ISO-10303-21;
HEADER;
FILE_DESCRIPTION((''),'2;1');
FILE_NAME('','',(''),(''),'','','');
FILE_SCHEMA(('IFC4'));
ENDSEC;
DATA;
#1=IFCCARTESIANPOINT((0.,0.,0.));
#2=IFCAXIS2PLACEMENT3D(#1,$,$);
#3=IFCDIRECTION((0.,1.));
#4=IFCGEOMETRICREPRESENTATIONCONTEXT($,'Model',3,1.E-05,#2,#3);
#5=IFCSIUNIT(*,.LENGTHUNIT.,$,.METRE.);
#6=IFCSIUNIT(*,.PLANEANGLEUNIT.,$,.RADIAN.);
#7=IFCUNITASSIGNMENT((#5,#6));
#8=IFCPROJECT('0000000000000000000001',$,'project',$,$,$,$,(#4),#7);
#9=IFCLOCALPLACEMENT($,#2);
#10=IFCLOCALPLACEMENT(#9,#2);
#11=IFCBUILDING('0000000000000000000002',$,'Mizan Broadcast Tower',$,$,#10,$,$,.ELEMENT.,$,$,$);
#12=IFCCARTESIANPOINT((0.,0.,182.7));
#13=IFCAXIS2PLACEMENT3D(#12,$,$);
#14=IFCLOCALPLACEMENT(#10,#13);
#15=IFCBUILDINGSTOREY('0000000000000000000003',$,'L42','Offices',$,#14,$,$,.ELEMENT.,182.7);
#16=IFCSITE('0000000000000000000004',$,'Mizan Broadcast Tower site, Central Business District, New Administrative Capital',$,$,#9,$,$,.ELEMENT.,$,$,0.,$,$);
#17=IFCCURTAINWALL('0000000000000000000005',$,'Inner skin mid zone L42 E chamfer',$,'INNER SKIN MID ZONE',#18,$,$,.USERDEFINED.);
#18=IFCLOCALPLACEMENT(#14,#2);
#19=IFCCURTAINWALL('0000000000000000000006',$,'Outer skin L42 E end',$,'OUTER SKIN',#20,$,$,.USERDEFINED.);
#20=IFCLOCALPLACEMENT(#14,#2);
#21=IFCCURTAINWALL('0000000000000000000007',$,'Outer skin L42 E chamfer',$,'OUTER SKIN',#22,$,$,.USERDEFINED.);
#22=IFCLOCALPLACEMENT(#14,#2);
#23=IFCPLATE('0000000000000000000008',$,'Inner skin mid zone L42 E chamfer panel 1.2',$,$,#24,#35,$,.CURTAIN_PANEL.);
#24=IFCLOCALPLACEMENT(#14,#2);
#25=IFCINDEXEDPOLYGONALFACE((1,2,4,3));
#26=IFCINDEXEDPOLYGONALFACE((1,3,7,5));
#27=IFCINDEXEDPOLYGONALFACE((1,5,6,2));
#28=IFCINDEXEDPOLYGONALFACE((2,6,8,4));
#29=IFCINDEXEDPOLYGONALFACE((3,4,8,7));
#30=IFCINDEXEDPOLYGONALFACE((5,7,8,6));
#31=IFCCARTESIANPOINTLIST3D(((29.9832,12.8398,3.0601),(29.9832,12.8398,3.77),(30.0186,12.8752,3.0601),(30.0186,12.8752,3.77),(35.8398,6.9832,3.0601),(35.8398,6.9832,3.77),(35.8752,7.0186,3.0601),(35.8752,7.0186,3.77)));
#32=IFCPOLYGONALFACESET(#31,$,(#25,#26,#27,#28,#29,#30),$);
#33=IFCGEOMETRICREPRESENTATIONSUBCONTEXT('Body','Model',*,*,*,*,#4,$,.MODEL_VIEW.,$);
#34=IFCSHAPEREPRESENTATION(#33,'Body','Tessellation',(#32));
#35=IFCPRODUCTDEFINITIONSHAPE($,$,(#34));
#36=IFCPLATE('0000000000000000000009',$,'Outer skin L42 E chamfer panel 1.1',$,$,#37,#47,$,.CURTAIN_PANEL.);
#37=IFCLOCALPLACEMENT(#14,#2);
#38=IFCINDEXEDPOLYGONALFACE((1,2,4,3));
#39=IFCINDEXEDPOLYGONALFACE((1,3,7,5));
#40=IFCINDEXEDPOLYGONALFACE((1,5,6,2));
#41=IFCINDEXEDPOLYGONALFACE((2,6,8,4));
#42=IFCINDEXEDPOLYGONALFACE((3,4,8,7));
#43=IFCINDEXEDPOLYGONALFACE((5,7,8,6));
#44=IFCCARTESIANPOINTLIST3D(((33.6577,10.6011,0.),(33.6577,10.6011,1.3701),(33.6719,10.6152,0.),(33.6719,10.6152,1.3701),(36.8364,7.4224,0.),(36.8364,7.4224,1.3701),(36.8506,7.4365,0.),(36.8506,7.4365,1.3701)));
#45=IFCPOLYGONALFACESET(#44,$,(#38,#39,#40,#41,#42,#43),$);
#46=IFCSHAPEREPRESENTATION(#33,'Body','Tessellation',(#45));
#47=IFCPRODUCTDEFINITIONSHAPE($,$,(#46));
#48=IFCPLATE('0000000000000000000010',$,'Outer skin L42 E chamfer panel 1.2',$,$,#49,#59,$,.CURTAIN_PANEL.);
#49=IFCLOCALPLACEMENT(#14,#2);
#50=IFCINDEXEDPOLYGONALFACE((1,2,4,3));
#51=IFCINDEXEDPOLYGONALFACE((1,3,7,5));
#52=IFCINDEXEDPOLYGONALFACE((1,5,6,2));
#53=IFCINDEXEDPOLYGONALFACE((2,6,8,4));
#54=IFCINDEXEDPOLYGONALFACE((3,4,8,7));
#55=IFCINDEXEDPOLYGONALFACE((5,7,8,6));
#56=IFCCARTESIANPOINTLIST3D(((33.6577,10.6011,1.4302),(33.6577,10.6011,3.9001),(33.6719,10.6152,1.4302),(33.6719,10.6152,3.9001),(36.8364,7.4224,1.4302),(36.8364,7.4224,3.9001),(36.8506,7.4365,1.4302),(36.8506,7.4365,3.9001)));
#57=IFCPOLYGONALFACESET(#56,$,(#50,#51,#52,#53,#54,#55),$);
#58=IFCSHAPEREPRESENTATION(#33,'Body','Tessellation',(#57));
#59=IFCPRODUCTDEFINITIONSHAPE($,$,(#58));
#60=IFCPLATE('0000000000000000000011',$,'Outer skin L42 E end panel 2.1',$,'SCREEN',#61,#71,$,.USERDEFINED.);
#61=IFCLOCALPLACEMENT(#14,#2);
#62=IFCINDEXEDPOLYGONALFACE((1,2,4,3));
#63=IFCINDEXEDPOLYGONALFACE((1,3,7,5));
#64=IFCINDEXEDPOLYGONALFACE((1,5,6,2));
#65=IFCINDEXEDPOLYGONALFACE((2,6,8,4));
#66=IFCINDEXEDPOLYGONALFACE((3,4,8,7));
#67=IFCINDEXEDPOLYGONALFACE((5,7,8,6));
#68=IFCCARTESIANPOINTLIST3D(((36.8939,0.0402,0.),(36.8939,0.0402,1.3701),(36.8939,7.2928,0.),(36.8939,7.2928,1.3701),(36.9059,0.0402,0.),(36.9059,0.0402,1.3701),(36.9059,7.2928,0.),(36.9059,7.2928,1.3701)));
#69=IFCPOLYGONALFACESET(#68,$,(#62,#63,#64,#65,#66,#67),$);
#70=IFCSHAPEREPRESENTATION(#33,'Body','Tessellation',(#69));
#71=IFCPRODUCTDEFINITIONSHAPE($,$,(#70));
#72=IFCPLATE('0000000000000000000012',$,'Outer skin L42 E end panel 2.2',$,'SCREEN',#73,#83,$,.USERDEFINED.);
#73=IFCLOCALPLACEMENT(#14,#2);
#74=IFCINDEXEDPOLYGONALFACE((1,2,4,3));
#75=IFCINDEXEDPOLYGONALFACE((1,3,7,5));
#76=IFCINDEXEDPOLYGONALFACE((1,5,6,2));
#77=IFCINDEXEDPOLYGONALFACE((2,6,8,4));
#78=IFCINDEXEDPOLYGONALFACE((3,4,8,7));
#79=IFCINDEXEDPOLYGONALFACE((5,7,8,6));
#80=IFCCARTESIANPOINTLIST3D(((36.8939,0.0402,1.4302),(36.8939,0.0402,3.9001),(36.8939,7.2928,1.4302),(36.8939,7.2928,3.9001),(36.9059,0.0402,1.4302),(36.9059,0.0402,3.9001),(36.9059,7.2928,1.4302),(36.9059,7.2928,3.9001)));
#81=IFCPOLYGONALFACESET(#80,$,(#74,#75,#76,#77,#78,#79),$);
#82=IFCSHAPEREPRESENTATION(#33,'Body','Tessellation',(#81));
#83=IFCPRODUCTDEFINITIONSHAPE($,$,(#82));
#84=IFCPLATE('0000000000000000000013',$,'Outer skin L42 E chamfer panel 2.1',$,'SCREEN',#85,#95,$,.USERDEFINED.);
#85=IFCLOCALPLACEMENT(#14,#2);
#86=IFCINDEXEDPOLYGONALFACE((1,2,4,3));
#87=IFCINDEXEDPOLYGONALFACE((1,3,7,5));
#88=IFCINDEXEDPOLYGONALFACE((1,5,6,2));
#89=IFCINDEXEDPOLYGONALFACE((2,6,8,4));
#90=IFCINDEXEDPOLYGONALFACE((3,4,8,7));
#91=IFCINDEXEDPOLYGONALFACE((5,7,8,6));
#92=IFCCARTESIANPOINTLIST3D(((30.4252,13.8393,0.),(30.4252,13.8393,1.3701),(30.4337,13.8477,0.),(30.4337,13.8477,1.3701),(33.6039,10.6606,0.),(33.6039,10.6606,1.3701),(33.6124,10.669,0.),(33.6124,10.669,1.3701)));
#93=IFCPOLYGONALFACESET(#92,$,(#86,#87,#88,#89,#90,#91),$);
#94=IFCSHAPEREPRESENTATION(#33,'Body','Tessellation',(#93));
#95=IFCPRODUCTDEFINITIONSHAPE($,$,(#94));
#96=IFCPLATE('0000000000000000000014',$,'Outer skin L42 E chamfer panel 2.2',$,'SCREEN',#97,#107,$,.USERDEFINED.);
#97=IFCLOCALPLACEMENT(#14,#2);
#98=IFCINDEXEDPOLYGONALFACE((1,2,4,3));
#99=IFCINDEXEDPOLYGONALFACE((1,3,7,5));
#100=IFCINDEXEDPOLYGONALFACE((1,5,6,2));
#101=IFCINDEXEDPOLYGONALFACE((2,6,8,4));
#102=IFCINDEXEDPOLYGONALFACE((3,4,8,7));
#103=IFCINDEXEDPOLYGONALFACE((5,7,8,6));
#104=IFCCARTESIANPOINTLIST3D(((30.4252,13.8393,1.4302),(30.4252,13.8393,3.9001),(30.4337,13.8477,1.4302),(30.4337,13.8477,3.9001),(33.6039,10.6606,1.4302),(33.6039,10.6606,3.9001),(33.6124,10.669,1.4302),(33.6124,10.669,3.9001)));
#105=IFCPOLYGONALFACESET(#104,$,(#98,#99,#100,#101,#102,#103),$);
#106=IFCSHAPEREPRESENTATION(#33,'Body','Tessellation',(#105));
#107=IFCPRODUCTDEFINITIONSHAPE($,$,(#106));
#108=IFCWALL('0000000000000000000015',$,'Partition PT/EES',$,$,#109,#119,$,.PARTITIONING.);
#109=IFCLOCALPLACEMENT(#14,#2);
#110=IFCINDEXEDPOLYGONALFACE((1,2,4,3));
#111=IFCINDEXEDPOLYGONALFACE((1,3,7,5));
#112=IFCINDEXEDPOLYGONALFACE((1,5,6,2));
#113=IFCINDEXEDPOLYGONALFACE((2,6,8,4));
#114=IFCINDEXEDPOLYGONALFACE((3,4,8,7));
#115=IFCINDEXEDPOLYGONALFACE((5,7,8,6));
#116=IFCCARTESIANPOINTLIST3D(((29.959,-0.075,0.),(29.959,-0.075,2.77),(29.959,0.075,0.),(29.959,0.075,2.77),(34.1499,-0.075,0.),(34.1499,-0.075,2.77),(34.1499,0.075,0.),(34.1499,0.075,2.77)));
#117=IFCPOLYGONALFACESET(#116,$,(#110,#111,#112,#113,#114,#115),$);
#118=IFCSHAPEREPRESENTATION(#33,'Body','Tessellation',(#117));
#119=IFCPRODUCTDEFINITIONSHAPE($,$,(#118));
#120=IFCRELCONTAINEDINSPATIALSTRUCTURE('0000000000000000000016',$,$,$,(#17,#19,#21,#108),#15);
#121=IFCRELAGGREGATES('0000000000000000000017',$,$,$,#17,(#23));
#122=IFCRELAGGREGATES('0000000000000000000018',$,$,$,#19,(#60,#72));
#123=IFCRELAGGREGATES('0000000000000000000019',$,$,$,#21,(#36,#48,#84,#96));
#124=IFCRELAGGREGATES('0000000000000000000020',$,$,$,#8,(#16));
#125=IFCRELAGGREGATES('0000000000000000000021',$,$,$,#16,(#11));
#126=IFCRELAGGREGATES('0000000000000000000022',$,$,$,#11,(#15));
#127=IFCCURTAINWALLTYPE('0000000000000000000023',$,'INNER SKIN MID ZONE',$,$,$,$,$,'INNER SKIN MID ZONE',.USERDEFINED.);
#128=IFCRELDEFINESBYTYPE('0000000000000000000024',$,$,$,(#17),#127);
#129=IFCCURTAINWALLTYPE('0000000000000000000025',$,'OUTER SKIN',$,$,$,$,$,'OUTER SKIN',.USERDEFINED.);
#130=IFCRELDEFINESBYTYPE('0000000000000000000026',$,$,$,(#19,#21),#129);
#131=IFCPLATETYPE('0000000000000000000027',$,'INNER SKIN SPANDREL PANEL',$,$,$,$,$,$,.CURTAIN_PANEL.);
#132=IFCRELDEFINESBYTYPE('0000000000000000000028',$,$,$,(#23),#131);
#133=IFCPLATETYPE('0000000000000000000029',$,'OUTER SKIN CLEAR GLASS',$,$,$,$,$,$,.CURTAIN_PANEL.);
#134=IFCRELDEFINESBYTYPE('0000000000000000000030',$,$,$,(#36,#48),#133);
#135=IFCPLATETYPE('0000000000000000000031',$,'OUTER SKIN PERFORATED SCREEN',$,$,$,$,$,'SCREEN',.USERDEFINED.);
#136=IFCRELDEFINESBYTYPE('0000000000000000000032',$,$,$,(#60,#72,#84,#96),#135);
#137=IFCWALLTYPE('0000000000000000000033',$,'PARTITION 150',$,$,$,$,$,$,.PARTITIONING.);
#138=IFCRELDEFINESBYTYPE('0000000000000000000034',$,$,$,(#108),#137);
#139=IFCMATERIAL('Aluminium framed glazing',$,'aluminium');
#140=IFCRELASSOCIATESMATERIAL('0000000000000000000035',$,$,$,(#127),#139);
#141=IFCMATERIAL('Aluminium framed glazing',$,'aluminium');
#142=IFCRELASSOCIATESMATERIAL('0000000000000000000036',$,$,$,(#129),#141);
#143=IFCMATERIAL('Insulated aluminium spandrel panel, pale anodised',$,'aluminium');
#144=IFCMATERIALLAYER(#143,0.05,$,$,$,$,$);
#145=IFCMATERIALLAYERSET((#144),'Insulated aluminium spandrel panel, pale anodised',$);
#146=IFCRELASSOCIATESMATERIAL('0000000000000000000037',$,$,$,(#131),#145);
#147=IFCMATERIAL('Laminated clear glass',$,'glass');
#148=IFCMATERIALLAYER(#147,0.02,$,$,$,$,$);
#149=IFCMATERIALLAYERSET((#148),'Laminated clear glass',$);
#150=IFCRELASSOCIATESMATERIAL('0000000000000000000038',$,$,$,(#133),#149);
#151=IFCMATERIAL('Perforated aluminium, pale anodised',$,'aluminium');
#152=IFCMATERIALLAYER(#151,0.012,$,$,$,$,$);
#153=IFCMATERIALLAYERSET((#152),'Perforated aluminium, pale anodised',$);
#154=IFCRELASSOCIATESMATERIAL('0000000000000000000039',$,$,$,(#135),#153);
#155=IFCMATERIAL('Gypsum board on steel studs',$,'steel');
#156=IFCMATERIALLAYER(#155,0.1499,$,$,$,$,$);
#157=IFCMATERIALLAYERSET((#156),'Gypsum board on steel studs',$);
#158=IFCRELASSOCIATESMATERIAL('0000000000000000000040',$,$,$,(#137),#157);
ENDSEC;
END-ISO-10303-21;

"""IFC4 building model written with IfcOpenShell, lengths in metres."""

from ifc_helpers import new_model, si_unit, direction, frame, frame_2d, origin, origin_2d, place, context, subcontext, project, spatial, rectangle, extrude, material, layer, layer_set, type_object, element, aggregate, save


model = new_model("IFC4")

# Units and contexts
model_context = context("Model", 3, precision=1e-05, world=origin(), true_north=direction((0.0, 1.0)))
body_context = subcontext(model_context, "Body", "Model", "MODEL_VIEW")
ifc_project = project(units=[si_unit("LENGTHUNIT", "METRE"), si_unit("PLANEANGLEUNIT", "RADIAN")], contexts=[model_context])

# Site, building, storey
site_placement = place(None, origin())
site = spatial("IfcSite", under=ifc_project, at=site_placement, Name="Mizan Broadcast Tower site, Central Business District, New Administrative Capital", CompositionType="ELEMENT", RefElevation=0.0)
building_placement = place(site_placement, origin())
building = spatial("IfcBuilding", under=site, at=building_placement, Name="Mizan Broadcast Tower", CompositionType="ELEMENT")
storey_placement = place(building_placement, frame((0.0, 0.0, 182.7)))
storey = spatial("IfcBuildingStorey", under=building, at=storey_placement, Name="L42", Description="Offices", CompositionType="ELEMENT", Elevation=182.7)

# Shared definitions
ifc_material_1 = material(Name="Aluminium framed glazing", Category="aluminium")
curtain_wall_type_1 = type_object("IfcCurtainWallType", Name="INNER SKIN MID ZONE", ElementType="INNER SKIN MID ZONE", PredefinedType="USERDEFINED", material=ifc_material_1)

# Curtain wall
curtain_wall_1_placement = place(storey_placement, origin())
curtain_wall_1 = element("IfcCurtainWall", 1, at=curtain_wall_1_placement, inside=storey, type_object=curtain_wall_type_1, Name="Inner skin mid zone L42 E chamfer", ObjectType="INNER SKIN MID ZONE", PredefinedType="USERDEFINED")

# Curtain walls
ifc_material_2 = material(Name="Aluminium framed glazing", Category="aluminium")
curtain_wall_type_2 = type_object("IfcCurtainWallType", Name="OUTER SKIN", ElementType="OUTER SKIN", PredefinedType="USERDEFINED", material=ifc_material_2)
curtain_wall_2_placement = place(storey_placement, origin())
curtain_wall_2 = element("IfcCurtainWall", 2, at=curtain_wall_2_placement, inside=storey, type_object=curtain_wall_type_2, Name="Outer skin L42 E end", ObjectType="OUTER SKIN", PredefinedType="USERDEFINED")
curtain_wall_3_placement = place(storey_placement, origin())
curtain_wall_3 = element("IfcCurtainWall", 3, at=curtain_wall_3_placement, inside=storey, type_object=curtain_wall_type_2, Name="Outer skin L42 E chamfer", ObjectType="OUTER SKIN", PredefinedType="USERDEFINED")

# Plates
ifc_material_3 = material(Name="Insulated aluminium spandrel panel, pale anodised", Category="aluminium")
ifc_layer_1 = layer(ifc_material_3, 0.05)
ifc_layer_set_1 = layer_set([ifc_layer_1], Name="Insulated aluminium spandrel panel, pale anodised")
plate_type_1 = type_object("IfcPlateType", Name="INNER SKIN SPANDREL PANEL", PredefinedType="CURTAIN_PANEL", material=ifc_layer_set_1)
plate_1_placement = place(storey_placement, frame((32.9292, 9.9292, 3.0601), z_axis=(0.0, 0.0, 1.0), x_axis=(-0.707107, 0.707107, 0.0)))
plate_1 = element("IfcPlate", 4, at=plate_1_placement, type_object=plate_type_1, Name="Inner skin mid zone L42 E chamfer panel 1.2", PredefinedType="CURTAIN_PANEL", context=body_context, shape_type="SweptSolid", body=[
    extrude(rectangle(XDim=8.2825, YDim=0.05, at=origin_2d()), origin(), (0.0, 0.0, 1.0), 0.71),
])
aggregate(curtain_wall_1, [plate_1])
ifc_material_4 = material(Name="Laminated clear glass", Category="glass")
ifc_layer_2 = layer(ifc_material_4, 0.02)
ifc_layer_set_2 = layer_set([ifc_layer_2], Name="Laminated clear glass")
plate_type_2 = type_object("IfcPlateType", Name="OUTER SKIN CLEAR GLASS", PredefinedType="CURTAIN_PANEL", material=ifc_layer_set_2)
plate_2_placement = place(storey_placement, frame((35.2542, 9.0188, 0.0), z_axis=(0.0, 0.0, 1.0), x_axis=(-0.707107, 0.707107, 0.0)))
plate_2 = element("IfcPlate", 5, at=plate_2_placement, type_object=plate_type_2, Name="Outer skin L42 E chamfer panel 1.1", PredefinedType="CURTAIN_PANEL", context=body_context, shape_type="SweptSolid", body=[
    extrude(rectangle(XDim=4.4954, YDim=0.02, at=origin_2d()), origin(), (0.0, 0.0, 1.0), 1.3701),
])
plate_3_placement = place(storey_placement, frame((35.2542, 9.0188, 1.4302), z_axis=(0.0, 0.0, 1.0), x_axis=(-0.707107, 0.707107, 0.0)))
plate_3 = element("IfcPlate", 6, at=plate_3_placement, type_object=plate_type_2, Name="Outer skin L42 E chamfer panel 1.2", PredefinedType="CURTAIN_PANEL", context=body_context, shape_type="SweptSolid", body=[
    extrude(rectangle(XDim=4.4954, YDim=0.02, at=origin_2d()), origin(), (0.0, 0.0, 1.0), 2.47),
])
ifc_material_5 = material(Name="Perforated aluminium, pale anodised", Category="aluminium")
ifc_layer_3 = layer(ifc_material_5, 0.012)
ifc_layer_set_3 = layer_set([ifc_layer_3], Name="Perforated aluminium, pale anodised")
plate_type_3 = type_object("IfcPlateType", Name="OUTER SKIN PERFORATED SCREEN", ElementType="SCREEN", PredefinedType="USERDEFINED", material=ifc_layer_set_3)
plate_4_placement = place(storey_placement, frame((36.8999, 3.6665, 0.0), z_axis=(0.0, 0.0, 1.0), x_axis=(0.0, 1.0, 0.0)))
plate_4 = element("IfcPlate", 7, at=plate_4_placement, type_object=plate_type_3, Name="Outer skin L42 E end panel 2.1", ObjectType="SCREEN", PredefinedType="USERDEFINED", context=body_context, shape_type="SweptSolid", body=[
    extrude(rectangle(XDim=7.2527, YDim=0.012, at=origin_2d()), origin(), (0.0, 0.0, 1.0), 1.3701),
])
plate_5_placement = place(storey_placement, frame((36.8999, 3.6665, 1.4302), z_axis=(0.0, 0.0, 1.0), x_axis=(0.0, 1.0, 0.0)))
plate_5 = element("IfcPlate", 8, at=plate_5_placement, type_object=plate_type_3, Name="Outer skin L42 E end panel 2.2", ObjectType="SCREEN", PredefinedType="USERDEFINED", context=body_context, shape_type="SweptSolid", body=[
    extrude(rectangle(XDim=7.2527, YDim=0.012, at=origin_2d()), origin(), (0.0, 0.0, 1.0), 2.47),
])
aggregate(curtain_wall_2, [plate_4, plate_5])
plate_6_placement = place(storey_placement, frame((32.0188, 12.2542, 0.0), z_axis=(0.0, 0.0, 1.0), x_axis=(-0.707107, 0.707107, 0.0)))
plate_6 = element("IfcPlate", 9, at=plate_6_placement, type_object=plate_type_3, Name="Outer skin L42 E chamfer panel 2.1", ObjectType="SCREEN", PredefinedType="USERDEFINED", context=body_context, shape_type="SweptSolid", body=[
    extrude(rectangle(XDim=4.4954, YDim=0.012, at=origin_2d()), origin(), (0.0, 0.0, 1.0), 1.3701),
])
plate_7_placement = place(storey_placement, frame((32.0188, 12.2542, 1.4302), z_axis=(0.0, 0.0, 1.0), x_axis=(-0.707107, 0.707107, 0.0)))
plate_7 = element("IfcPlate", 10, at=plate_7_placement, type_object=plate_type_3, Name="Outer skin L42 E chamfer panel 2.2", ObjectType="SCREEN", PredefinedType="USERDEFINED", context=body_context, shape_type="SweptSolid", body=[
    extrude(rectangle(XDim=4.4954, YDim=0.012, at=origin_2d()), origin(), (0.0, 0.0, 1.0), 2.47),
])
aggregate(curtain_wall_3, [plate_2, plate_3, plate_6, plate_7])

# Wall
ifc_material_6 = material(Name="Gypsum board on steel studs", Category="steel")
ifc_layer_4 = layer(ifc_material_6, 0.1499)
ifc_layer_set_4 = layer_set([ifc_layer_4], Name="Gypsum board on steel studs")
wall_type = type_object("IfcWallType", Name="PARTITION 150", PredefinedType="PARTITIONING", material=ifc_layer_set_4)
wall_placement = place(storey_placement, frame((29.959, 0.0, 0.0), z_axis=(0.0, 0.0, 1.0), x_axis=(1.0, 0.0, 0.0)))
element("IfcWall", 11, at=wall_placement, inside=storey, type_object=wall_type, Name="Partition PT/EES", PredefinedType="PARTITIONING", context=body_context, shape_type="SweptSolid", body=[
    extrude(rectangle(XDim=4.1909, YDim=0.1499, at=frame_2d((2.0955, 0.0))), origin(), (0.0, 0.0, 1.0), 2.77),
])

save(model, "model.ifc")
